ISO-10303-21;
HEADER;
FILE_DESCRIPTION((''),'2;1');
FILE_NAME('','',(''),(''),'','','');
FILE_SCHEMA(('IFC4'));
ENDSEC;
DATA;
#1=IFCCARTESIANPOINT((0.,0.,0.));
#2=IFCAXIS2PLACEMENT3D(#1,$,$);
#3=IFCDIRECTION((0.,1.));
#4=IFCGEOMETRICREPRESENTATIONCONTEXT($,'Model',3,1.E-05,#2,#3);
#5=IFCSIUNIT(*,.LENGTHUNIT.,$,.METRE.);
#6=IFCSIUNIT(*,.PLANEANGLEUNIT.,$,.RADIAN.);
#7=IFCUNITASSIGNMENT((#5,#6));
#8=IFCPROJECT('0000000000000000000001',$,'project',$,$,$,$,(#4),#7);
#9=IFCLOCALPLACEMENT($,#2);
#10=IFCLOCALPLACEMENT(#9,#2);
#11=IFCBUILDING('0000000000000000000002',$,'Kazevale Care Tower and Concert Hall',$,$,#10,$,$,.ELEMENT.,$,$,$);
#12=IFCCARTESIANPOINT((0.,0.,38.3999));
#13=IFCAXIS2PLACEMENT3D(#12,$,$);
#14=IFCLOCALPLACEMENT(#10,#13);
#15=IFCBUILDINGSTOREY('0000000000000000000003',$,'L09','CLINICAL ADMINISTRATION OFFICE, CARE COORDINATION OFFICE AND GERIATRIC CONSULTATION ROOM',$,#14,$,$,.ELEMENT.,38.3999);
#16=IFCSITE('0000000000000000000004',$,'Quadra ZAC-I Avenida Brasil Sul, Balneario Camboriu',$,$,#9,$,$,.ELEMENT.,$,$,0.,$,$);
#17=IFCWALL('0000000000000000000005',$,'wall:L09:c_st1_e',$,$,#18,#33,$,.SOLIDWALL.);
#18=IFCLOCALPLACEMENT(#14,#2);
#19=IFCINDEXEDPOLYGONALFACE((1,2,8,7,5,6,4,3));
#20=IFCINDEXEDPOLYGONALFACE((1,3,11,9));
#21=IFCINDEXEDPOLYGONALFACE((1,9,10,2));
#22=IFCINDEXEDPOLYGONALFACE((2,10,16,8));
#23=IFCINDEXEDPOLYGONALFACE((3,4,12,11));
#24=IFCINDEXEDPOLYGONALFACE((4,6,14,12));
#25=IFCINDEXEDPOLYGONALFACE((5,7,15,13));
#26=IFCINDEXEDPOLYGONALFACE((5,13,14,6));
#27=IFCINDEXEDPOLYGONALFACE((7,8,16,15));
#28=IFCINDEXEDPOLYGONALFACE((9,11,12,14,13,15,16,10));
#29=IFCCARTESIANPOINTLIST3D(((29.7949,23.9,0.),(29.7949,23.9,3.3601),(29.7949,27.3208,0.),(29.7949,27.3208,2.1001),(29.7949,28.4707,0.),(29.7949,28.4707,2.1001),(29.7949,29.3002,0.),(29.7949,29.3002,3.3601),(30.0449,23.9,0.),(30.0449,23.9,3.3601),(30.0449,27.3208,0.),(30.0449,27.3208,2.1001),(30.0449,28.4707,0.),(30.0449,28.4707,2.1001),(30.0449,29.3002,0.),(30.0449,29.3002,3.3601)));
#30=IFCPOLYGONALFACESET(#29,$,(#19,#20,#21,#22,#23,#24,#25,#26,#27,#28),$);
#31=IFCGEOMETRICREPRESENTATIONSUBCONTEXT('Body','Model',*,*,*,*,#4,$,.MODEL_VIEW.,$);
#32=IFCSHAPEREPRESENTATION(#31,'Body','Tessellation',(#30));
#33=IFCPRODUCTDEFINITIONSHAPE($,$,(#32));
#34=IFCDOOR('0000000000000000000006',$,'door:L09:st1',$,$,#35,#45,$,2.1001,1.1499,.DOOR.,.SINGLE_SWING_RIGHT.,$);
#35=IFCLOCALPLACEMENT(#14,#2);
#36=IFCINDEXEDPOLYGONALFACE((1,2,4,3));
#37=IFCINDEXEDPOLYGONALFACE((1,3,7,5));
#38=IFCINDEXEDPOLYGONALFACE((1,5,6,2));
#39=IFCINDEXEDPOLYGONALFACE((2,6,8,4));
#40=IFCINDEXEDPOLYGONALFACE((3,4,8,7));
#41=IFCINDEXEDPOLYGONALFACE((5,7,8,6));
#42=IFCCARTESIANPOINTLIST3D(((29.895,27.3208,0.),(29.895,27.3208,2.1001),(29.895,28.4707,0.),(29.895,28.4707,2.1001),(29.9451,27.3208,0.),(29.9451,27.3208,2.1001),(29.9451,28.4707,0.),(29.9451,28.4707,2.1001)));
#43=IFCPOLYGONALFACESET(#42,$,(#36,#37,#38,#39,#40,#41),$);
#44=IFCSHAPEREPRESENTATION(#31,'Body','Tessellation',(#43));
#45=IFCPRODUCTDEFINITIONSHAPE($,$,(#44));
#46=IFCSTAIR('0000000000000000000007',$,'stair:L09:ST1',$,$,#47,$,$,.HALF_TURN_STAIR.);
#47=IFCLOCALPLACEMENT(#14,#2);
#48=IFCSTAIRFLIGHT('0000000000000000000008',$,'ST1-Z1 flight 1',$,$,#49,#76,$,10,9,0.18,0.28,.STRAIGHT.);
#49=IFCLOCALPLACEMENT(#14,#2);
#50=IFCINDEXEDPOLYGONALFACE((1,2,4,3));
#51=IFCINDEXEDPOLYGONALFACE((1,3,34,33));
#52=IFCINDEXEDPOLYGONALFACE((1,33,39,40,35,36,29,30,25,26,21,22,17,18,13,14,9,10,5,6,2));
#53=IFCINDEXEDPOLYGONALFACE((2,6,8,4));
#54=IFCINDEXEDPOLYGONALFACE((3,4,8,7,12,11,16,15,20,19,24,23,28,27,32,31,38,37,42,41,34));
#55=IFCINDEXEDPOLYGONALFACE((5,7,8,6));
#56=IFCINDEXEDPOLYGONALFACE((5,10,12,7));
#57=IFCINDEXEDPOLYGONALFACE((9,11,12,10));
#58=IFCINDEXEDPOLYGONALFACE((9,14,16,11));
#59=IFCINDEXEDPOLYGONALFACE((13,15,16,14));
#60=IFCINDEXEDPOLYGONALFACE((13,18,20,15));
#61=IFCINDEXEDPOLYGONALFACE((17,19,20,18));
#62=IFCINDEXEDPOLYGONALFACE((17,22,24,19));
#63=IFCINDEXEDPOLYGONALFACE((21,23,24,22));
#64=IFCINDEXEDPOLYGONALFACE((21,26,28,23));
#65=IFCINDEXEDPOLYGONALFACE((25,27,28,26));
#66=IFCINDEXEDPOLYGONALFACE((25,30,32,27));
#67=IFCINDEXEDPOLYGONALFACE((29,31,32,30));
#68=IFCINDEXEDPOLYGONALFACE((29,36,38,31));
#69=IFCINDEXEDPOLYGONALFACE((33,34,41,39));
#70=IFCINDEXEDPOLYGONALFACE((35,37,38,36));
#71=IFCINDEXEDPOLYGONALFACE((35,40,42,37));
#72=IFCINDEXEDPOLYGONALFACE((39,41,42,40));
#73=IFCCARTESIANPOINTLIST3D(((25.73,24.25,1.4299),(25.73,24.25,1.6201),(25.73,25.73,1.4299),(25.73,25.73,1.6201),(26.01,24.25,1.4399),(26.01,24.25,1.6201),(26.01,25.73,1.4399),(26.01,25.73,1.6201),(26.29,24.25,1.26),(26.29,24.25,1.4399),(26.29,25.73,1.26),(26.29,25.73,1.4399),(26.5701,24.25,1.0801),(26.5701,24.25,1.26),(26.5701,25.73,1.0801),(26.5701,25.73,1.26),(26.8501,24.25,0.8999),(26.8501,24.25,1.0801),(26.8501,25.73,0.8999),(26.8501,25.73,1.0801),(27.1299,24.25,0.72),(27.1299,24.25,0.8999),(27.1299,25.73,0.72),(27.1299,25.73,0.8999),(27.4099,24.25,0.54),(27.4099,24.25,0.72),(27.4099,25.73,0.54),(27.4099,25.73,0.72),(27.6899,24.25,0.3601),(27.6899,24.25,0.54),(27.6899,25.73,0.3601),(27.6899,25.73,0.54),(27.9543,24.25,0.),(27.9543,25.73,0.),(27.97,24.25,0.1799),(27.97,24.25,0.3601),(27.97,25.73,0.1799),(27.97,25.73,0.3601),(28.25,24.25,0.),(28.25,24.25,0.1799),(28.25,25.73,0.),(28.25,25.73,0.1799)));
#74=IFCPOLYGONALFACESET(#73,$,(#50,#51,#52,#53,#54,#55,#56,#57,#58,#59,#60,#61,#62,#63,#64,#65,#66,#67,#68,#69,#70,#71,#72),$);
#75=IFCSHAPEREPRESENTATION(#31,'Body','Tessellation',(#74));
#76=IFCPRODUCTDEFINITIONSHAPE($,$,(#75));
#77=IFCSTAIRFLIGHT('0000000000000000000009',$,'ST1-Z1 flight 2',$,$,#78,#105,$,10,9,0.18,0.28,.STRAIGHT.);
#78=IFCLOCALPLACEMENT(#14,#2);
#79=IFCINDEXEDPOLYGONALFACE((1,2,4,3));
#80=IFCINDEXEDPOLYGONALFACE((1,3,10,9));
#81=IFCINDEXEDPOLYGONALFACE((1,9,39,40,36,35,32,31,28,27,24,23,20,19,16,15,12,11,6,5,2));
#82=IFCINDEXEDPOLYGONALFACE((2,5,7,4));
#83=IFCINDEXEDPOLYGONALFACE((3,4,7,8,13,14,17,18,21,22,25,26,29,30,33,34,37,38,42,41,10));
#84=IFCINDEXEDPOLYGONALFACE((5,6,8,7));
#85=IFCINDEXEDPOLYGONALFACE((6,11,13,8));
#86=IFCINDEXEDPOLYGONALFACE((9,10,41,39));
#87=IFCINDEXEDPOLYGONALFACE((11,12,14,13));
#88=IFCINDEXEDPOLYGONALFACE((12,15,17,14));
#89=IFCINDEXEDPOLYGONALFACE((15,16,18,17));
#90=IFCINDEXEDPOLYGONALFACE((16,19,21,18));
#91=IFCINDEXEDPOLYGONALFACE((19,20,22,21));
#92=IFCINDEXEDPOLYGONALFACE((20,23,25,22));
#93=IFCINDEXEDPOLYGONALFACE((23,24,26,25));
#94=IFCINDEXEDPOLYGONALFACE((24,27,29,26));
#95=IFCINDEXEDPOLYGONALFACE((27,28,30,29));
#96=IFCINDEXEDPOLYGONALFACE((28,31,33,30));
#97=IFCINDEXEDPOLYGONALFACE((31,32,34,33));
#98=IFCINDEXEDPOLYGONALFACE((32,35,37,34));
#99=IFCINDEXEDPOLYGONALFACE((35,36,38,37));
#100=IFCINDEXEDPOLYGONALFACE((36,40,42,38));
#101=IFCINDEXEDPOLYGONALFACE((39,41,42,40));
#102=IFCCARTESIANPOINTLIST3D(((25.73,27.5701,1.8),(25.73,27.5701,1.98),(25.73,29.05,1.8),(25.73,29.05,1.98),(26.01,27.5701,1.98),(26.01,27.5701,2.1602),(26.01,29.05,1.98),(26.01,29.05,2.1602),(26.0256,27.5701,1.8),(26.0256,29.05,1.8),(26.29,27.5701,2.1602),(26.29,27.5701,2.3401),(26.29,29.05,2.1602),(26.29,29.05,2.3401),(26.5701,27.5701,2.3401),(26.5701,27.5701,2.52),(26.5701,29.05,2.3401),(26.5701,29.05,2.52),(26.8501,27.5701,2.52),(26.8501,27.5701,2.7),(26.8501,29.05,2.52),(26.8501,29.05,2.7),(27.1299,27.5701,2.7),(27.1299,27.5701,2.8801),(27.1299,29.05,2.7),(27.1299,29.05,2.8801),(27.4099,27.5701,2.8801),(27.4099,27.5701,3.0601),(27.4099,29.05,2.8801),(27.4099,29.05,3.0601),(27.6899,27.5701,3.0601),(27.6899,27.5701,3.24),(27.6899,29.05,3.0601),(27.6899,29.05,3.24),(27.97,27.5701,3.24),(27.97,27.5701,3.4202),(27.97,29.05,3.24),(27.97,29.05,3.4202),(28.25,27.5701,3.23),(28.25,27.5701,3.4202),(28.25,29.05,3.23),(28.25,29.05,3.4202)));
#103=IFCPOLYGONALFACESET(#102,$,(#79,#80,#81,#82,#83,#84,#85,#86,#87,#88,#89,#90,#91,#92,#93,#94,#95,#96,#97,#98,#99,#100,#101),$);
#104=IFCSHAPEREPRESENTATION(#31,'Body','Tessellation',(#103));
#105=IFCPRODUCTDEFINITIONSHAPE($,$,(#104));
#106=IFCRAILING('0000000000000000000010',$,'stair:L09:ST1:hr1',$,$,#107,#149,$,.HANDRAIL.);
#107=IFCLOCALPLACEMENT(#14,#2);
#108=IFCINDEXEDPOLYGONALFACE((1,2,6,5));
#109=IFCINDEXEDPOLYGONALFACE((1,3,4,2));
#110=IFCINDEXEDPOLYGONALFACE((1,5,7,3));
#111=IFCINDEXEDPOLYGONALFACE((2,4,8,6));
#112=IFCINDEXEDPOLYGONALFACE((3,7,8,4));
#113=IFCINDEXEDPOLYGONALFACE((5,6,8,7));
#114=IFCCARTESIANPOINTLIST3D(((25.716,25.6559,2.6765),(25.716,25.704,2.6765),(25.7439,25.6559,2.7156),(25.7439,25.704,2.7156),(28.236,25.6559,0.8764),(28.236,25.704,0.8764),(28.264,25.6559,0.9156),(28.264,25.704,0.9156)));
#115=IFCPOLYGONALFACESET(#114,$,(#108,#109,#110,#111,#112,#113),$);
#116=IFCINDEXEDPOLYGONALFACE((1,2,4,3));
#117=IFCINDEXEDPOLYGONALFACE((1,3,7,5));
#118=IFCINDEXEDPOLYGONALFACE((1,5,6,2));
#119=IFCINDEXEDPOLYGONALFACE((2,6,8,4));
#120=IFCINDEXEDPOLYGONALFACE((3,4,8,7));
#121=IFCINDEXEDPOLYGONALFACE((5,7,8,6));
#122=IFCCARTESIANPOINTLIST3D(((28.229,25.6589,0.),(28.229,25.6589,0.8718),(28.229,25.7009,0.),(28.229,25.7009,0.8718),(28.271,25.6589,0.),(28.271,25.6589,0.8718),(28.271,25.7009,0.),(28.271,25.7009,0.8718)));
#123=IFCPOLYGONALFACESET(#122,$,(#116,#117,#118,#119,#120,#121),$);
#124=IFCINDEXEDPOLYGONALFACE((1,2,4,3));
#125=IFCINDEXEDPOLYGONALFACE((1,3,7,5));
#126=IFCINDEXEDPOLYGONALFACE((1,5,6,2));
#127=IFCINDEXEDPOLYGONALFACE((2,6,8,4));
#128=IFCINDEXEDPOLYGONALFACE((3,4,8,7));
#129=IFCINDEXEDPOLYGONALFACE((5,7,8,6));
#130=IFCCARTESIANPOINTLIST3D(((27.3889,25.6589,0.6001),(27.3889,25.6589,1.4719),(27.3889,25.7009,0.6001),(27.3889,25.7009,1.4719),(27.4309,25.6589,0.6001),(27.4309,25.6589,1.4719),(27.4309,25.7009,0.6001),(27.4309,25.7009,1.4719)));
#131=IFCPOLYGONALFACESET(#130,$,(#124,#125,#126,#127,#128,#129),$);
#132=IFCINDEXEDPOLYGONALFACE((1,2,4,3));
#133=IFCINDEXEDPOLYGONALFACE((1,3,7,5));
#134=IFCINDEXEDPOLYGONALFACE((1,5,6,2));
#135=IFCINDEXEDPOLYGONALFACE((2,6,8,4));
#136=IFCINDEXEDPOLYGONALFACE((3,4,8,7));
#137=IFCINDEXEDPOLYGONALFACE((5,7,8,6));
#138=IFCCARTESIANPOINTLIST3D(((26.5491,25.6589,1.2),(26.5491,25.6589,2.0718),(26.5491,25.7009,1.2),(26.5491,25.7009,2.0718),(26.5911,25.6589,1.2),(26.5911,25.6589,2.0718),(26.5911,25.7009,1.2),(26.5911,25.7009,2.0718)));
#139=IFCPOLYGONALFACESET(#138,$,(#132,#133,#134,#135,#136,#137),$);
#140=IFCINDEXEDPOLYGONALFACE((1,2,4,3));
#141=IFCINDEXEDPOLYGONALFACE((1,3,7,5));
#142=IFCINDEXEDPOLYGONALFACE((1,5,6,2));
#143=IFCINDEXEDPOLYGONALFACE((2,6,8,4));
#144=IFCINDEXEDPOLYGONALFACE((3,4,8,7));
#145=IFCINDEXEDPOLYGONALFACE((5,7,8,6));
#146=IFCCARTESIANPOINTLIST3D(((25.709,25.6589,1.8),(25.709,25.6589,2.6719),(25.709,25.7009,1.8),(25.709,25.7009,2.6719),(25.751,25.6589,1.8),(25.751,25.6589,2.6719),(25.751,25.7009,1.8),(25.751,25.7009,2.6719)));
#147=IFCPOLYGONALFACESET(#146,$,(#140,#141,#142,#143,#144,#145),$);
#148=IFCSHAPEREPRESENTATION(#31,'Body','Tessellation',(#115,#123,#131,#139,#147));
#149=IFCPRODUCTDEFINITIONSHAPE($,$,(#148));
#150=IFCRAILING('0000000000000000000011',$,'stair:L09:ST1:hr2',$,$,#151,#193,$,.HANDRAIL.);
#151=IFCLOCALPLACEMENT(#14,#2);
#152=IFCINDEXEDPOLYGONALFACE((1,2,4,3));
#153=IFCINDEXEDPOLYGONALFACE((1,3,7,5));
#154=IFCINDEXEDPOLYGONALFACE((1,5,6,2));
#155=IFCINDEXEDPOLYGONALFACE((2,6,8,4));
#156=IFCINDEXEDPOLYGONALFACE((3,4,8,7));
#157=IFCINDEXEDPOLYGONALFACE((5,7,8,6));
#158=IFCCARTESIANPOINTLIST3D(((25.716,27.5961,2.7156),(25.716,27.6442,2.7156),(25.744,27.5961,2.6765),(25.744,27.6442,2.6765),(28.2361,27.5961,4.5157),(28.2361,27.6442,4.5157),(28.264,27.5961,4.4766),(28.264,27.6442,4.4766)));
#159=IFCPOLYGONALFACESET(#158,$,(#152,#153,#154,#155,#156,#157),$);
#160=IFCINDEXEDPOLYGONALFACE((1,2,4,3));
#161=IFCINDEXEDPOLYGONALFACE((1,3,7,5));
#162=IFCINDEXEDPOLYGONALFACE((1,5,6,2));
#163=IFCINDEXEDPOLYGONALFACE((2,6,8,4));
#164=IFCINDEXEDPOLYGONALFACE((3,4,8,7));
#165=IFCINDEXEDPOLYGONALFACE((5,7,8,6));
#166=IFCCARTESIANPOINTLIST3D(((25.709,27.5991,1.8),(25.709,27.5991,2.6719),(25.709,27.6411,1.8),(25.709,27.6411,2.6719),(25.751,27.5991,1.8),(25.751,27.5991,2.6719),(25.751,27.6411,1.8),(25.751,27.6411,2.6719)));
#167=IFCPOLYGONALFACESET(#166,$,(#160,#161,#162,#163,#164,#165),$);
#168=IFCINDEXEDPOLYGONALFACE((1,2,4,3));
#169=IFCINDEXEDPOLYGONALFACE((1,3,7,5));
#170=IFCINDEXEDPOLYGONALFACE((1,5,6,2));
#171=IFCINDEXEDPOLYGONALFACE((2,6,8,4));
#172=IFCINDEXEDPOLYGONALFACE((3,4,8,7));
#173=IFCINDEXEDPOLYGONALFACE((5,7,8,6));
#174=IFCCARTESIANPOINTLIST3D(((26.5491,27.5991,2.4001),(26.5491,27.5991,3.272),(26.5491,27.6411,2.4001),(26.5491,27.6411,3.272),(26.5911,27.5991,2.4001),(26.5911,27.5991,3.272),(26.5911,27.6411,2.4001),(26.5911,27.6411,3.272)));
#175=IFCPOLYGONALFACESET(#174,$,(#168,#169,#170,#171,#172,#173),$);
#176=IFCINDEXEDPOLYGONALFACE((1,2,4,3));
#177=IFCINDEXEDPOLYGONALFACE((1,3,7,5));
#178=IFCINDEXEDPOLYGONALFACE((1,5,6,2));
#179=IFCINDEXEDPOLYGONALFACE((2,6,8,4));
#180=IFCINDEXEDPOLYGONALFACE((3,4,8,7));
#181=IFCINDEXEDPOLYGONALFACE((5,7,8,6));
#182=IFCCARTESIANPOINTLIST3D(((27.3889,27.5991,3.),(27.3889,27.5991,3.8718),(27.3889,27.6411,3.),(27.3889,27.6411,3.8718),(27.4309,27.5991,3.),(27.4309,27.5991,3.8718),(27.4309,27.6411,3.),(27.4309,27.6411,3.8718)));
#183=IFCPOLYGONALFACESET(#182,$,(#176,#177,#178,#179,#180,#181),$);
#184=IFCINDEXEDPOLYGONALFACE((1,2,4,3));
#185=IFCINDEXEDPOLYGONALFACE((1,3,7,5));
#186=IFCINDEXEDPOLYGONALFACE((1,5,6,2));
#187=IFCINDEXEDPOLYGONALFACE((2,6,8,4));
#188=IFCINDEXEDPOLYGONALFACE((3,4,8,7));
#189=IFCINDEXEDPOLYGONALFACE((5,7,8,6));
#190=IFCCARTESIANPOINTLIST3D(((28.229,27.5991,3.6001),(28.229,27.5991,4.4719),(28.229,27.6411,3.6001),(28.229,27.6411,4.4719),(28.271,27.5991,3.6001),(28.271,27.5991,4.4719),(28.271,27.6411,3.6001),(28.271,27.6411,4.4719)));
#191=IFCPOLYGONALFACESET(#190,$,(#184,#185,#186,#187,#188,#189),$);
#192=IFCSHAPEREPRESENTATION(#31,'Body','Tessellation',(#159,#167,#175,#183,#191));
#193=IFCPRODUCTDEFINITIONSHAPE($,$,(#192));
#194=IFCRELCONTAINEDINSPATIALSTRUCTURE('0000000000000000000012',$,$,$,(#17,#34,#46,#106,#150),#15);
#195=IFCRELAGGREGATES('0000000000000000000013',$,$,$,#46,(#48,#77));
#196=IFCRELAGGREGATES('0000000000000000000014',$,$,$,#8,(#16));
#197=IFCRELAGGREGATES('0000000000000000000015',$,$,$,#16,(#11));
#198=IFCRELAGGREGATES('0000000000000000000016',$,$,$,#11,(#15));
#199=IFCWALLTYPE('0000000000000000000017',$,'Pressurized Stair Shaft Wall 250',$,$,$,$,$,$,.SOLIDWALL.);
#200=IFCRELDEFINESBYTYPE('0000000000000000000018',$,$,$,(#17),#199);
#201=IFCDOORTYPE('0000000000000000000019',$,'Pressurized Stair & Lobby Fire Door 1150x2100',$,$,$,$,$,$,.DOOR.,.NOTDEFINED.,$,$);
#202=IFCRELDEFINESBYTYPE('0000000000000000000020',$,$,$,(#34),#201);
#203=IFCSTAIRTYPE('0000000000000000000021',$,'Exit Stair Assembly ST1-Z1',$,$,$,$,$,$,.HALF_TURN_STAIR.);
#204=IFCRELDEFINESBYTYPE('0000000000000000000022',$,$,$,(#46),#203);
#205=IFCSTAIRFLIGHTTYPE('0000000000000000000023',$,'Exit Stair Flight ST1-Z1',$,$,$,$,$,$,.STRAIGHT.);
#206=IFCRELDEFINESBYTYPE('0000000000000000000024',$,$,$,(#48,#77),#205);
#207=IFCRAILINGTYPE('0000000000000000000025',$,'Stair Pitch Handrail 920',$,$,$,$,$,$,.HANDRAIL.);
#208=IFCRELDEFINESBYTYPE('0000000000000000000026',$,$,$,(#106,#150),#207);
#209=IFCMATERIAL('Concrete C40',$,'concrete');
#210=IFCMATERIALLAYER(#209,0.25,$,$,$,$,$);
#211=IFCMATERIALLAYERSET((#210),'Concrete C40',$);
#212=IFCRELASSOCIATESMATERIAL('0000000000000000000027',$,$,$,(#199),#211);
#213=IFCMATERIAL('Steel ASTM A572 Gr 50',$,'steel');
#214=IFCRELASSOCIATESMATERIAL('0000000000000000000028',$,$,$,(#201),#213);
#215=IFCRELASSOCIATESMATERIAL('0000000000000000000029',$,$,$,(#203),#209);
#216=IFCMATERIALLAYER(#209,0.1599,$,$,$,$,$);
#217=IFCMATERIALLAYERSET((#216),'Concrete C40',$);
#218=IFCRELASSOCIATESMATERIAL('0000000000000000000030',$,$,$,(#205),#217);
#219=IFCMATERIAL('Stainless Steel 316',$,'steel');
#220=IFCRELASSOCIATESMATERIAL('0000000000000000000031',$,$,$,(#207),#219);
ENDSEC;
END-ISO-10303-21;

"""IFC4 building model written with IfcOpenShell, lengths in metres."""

from ifc_helpers import new_model, si_unit, direction, frame, frame_2d, origin, origin_2d, place, context, subcontext, project, spatial, polyline, rectangle, outline, extrude, material, layer, layer_set, type_object, element, fill, aggregate, save


model = new_model("IFC4")

# Units and contexts
model_context = context("Model", 3, precision=1e-05, world=origin(), true_north=direction((0.0, 1.0)))
body_context = subcontext(model_context, "Body", "Model", "MODEL_VIEW")
ifc_project = project(units=[si_unit("LENGTHUNIT", "METRE"), si_unit("PLANEANGLEUNIT", "RADIAN")], contexts=[model_context])

# Site, building, storey
site_placement = place(None, origin())
site = spatial("IfcSite", under=ifc_project, at=site_placement, Name="Quadra ZAC-I Avenida Brasil Sul, Balneario Camboriu", CompositionType="ELEMENT", RefElevation=0.0)
building_placement = place(site_placement, origin())
building = spatial("IfcBuilding", under=site, at=building_placement, Name="Kazevale Care Tower and Concert Hall", CompositionType="ELEMENT")
storey_placement = place(building_placement, frame((0.0, 0.0, 38.3999)))
storey = spatial("IfcBuildingStorey", under=building, at=storey_placement, Name="L09", Description="CLINICAL ADMINISTRATION OFFICE, CARE COORDINATION OFFICE AND GERIATRIC CONSULTATION ROOM", CompositionType="ELEMENT", Elevation=38.3999)

# Shared definitions
ifc_material_1 = material(Name="Steel ASTM A572 Gr 50", Category="steel")

# Shared definitions
ifc_material_2 = material(Name="Concrete C40", Category="concrete")
ifc_material_3 = material(Name="Stainless Steel 316", Category="steel")

# Wall, opening, door
ifc_layer_1 = layer(ifc_material_2, 0.25)
ifc_layer_set_1 = layer_set([ifc_layer_1], Name="Concrete C40")
wall_type_1 = type_object("IfcWallType", Name="Pressurized Stair Shaft Wall 250", PredefinedType="SOLIDWALL", material=ifc_layer_set_1)
wall_1_placement = place(storey_placement, frame((29.9199, 23.8999, 0.0), z_axis=(0.0, 0.0, 1.0), x_axis=(0.0, 1.0, 0.0)))
wall_1 = element("IfcWall", 1, at=wall_1_placement, inside=storey, type_object=wall_type_1, Name="wall:L09:c_st1_e", PredefinedType="SOLIDWALL", context=body_context, shape_type="SweptSolid", body=[
    extrude(rectangle(XDim=5.4001, YDim=0.25, at=frame_2d((2.7002, 0.0))), origin(), (0.0, 0.0, 1.0), 3.3601),
])
opening_1_placement = place(wall_1_placement, frame((3.4209, 0.0, 0.0)))
opening_1 = element("IfcOpeningElement", 2, at=opening_1_placement, cuts=wall_1, PredefinedType="OPENING", context=body_context, shape_type="SweptSolid", body=[
    extrude(rectangle(XDim=1.1499, YDim=2.1001, at=frame_2d((0.575, 1.05))), frame((0.0, 0.135, 0.0), z_axis=(0.0, -1.0, 0.0), x_axis=(1.0, 0.0, 0.0)), (0.0, 0.0, 1.0), 0.27),
])
door_type_1 = type_object("IfcDoorType", Name="Pressurized Stair & Lobby Fire Door 1150x2100", OperationType="NOTDEFINED", PredefinedType="DOOR", material=ifc_material_1)
door_1_placement = place(opening_1_placement, origin())
door_1 = element("IfcDoor", 3, at=door_1_placement, inside=storey, type_object=door_type_1, Name="door:L09:st1", OperationType="SINGLE_SWING_RIGHT", OverallHeight=2.1001, OverallWidth=1.1499, PredefinedType="DOOR", context=body_context, shape_type="SweptSolid", body=[
    extrude(rectangle(XDim=1.1499, YDim=2.1001, at=frame_2d((0.575, 1.05))), frame((0.0, 0.0249, 0.0), z_axis=(0.0, -1.0, 0.0), x_axis=(1.0, 0.0, 0.0)), (0.0, 0.0, 1.0), 0.05),
])
fill(opening_1, door_1)

# Stair, stair flights
stair_type = type_object("IfcStairType", Name="Exit Stair Assembly ST1-Z1", PredefinedType="HALF_TURN_STAIR", material=ifc_material_2)
stair_placement = place(storey_placement, origin())
stair = element("IfcStair", 4, at=stair_placement, inside=storey, type_object=stair_type, Name="stair:L09:ST1", PredefinedType="HALF_TURN_STAIR")
ifc_layer_2 = layer(ifc_material_2, 0.1599)
ifc_layer_set_2 = layer_set([ifc_layer_2], Name="Concrete C40")
stair_flight_type = type_object("IfcStairFlightType", Name="Exit Stair Flight ST1-Z1", PredefinedType="STRAIGHT", material=ifc_layer_set_2)
stair_flight_1_placement = place(storey_placement, frame((28.25, 24.99, 0.0), z_axis=(0.0, 0.0, 1.0), x_axis=(-1.0, 0.0, 0.0)))
stair_flight_1 = element("IfcStairFlight", 5, at=stair_flight_1_placement, type_object=stair_flight_type, Name="ST1-Z1 flight 1", NumberOfRisers=10, NumberOfTreads=9, PredefinedType="STRAIGHT", RiserHeight=0.18, TreadLength=0.28, context=body_context, shape_type="SweptSolid", body=[
    extrude(outline(polyline([(0.0, 0.0), (0.0, 0.1799), (0.28, 0.1799), (0.28, 0.3601), (0.5601, 0.3601), (0.5601, 0.54), (0.8401, 0.54), (0.8401, 0.72), (1.1201, 0.72), (1.1201, 0.8999), (1.3999, 0.8999), (1.3999, 1.0801), (1.6799, 1.0801), (1.6799, 1.26), (1.96, 1.26), (1.96, 1.4399), (2.24, 1.4399), (2.24, 1.6201), (2.52, 1.6201), (2.52, 1.8), (2.52, 1.4299), (0.2957, 0.0), (0.0, 0.0)])), frame((0.0, 0.74, 0.0), z_axis=(0.0, -1.0, 0.0), x_axis=(1.0, 0.0, 0.0)), (0.0, 0.0, 1.0), 1.48),
])
stair_flight_2_placement = place(storey_placement, frame((25.73, 28.3101, 1.8), z_axis=(0.0, 0.0, 1.0), x_axis=(1.0, 0.0, 0.0)))
stair_flight_2 = element("IfcStairFlight", 6, at=stair_flight_2_placement, type_object=stair_flight_type, Name="ST1-Z1 flight 2", NumberOfRisers=10, NumberOfTreads=9, PredefinedType="STRAIGHT", RiserHeight=0.18, TreadLength=0.28, context=body_context, shape_type="SweptSolid", body=[
    extrude(outline(polyline([(0.0, 0.0), (0.0, 0.1799), (0.28, 0.1799), (0.28, 0.3601), (0.5601, 0.3601), (0.5601, 0.54), (0.8401, 0.54), (0.8401, 0.72), (1.1201, 0.72), (1.1201, 0.8999), (1.3999, 0.8999), (1.3999, 1.0801), (1.6799, 1.0801), (1.6799, 1.26), (1.96, 1.26), (1.96, 1.4399), (2.24, 1.4399), (2.24, 1.6201), (2.52, 1.6201), (2.52, 1.8), (2.52, 1.4299), (0.2957, 0.0), (0.0, 0.0)])), frame((0.0, 0.74, 0.0), z_axis=(0.0, -1.0, 0.0), x_axis=(1.0, 0.0, 0.0)), (0.0, 0.0, 1.0), 1.48),
])
aggregate(stair, [stair_flight_1, stair_flight_2])

# Railings
railing_type_1 = type_object("IfcRailingType", Name="Stair Pitch Handrail 920", PredefinedType="HANDRAIL", material=ifc_material_3)
railing_1_placement = place(storey_placement, frame((28.25, 25.6799, 0.0)))
element("IfcRailing", 7, at=railing_1_placement, inside=storey, type_object=railing_type_1, Name="stair:L09:ST1:hr1", PredefinedType="HANDRAIL", context=body_context, shape_type="SweptSolid", body=[
    extrude(rectangle(XDim=0.0481, YDim=0.0481, at=origin_2d()), frame((0.0, 0.0, 0.896), z_axis=(-0.813728, 0.0, 0.581246), x_axis=(0.0, -1.0, 0.0)), (0.0, 0.0, 1.0), 3.0969),
    extrude(rectangle(XDim=0.042, YDim=0.042, at=origin_2d()), origin(), (0.0, 0.0, 1.0), 0.8718),
    extrude(rectangle(XDim=0.042, YDim=0.042, at=origin_2d()), frame((-0.8401, 0.0, 0.6001)), (0.0, 0.0, 1.0), 0.8718),
    extrude(rectangle(XDim=0.042, YDim=0.042, at=origin_2d()), frame((-1.6799, 0.0, 1.2)), (0.0, 0.0, 1.0), 0.8718),
    extrude(rectangle(XDim=0.042, YDim=0.042, at=origin_2d()), frame((-2.52, 0.0, 1.8)), (0.0, 0.0, 1.0), 0.8718),
])
railing_2_placement = place(storey_placement, frame((25.73, 27.6201, 1.8)))
element("IfcRailing", 8, at=railing_2_placement, inside=storey, type_object=railing_type_1, Name="stair:L09:ST1:hr2", PredefinedType="HANDRAIL", context=body_context, shape_type="SweptSolid", body=[
    extrude(rectangle(XDim=0.0481, YDim=0.0481, at=origin_2d()), frame((0.0, 0.0, 0.896), z_axis=(0.813728, 0.0, 0.581246), x_axis=(0.0, 1.0, 0.0)), (0.0, 0.0, 1.0), 3.0969),
    extrude(rectangle(XDim=0.042, YDim=0.042, at=origin_2d()), origin(), (0.0, 0.0, 1.0), 0.8718),
    extrude(rectangle(XDim=0.042, YDim=0.042, at=origin_2d()), frame((0.8401, 0.0, 0.6001)), (0.0, 0.0, 1.0), 0.8718),
    extrude(rectangle(XDim=0.042, YDim=0.042, at=origin_2d()), frame((1.6799, 0.0, 1.2)), (0.0, 0.0, 1.0), 0.8718),
    extrude(rectangle(XDim=0.042, YDim=0.042, at=origin_2d()), frame((2.52, 0.0, 1.8)), (0.0, 0.0, 1.0), 0.8718),
])

save(model, "model.ifc")
